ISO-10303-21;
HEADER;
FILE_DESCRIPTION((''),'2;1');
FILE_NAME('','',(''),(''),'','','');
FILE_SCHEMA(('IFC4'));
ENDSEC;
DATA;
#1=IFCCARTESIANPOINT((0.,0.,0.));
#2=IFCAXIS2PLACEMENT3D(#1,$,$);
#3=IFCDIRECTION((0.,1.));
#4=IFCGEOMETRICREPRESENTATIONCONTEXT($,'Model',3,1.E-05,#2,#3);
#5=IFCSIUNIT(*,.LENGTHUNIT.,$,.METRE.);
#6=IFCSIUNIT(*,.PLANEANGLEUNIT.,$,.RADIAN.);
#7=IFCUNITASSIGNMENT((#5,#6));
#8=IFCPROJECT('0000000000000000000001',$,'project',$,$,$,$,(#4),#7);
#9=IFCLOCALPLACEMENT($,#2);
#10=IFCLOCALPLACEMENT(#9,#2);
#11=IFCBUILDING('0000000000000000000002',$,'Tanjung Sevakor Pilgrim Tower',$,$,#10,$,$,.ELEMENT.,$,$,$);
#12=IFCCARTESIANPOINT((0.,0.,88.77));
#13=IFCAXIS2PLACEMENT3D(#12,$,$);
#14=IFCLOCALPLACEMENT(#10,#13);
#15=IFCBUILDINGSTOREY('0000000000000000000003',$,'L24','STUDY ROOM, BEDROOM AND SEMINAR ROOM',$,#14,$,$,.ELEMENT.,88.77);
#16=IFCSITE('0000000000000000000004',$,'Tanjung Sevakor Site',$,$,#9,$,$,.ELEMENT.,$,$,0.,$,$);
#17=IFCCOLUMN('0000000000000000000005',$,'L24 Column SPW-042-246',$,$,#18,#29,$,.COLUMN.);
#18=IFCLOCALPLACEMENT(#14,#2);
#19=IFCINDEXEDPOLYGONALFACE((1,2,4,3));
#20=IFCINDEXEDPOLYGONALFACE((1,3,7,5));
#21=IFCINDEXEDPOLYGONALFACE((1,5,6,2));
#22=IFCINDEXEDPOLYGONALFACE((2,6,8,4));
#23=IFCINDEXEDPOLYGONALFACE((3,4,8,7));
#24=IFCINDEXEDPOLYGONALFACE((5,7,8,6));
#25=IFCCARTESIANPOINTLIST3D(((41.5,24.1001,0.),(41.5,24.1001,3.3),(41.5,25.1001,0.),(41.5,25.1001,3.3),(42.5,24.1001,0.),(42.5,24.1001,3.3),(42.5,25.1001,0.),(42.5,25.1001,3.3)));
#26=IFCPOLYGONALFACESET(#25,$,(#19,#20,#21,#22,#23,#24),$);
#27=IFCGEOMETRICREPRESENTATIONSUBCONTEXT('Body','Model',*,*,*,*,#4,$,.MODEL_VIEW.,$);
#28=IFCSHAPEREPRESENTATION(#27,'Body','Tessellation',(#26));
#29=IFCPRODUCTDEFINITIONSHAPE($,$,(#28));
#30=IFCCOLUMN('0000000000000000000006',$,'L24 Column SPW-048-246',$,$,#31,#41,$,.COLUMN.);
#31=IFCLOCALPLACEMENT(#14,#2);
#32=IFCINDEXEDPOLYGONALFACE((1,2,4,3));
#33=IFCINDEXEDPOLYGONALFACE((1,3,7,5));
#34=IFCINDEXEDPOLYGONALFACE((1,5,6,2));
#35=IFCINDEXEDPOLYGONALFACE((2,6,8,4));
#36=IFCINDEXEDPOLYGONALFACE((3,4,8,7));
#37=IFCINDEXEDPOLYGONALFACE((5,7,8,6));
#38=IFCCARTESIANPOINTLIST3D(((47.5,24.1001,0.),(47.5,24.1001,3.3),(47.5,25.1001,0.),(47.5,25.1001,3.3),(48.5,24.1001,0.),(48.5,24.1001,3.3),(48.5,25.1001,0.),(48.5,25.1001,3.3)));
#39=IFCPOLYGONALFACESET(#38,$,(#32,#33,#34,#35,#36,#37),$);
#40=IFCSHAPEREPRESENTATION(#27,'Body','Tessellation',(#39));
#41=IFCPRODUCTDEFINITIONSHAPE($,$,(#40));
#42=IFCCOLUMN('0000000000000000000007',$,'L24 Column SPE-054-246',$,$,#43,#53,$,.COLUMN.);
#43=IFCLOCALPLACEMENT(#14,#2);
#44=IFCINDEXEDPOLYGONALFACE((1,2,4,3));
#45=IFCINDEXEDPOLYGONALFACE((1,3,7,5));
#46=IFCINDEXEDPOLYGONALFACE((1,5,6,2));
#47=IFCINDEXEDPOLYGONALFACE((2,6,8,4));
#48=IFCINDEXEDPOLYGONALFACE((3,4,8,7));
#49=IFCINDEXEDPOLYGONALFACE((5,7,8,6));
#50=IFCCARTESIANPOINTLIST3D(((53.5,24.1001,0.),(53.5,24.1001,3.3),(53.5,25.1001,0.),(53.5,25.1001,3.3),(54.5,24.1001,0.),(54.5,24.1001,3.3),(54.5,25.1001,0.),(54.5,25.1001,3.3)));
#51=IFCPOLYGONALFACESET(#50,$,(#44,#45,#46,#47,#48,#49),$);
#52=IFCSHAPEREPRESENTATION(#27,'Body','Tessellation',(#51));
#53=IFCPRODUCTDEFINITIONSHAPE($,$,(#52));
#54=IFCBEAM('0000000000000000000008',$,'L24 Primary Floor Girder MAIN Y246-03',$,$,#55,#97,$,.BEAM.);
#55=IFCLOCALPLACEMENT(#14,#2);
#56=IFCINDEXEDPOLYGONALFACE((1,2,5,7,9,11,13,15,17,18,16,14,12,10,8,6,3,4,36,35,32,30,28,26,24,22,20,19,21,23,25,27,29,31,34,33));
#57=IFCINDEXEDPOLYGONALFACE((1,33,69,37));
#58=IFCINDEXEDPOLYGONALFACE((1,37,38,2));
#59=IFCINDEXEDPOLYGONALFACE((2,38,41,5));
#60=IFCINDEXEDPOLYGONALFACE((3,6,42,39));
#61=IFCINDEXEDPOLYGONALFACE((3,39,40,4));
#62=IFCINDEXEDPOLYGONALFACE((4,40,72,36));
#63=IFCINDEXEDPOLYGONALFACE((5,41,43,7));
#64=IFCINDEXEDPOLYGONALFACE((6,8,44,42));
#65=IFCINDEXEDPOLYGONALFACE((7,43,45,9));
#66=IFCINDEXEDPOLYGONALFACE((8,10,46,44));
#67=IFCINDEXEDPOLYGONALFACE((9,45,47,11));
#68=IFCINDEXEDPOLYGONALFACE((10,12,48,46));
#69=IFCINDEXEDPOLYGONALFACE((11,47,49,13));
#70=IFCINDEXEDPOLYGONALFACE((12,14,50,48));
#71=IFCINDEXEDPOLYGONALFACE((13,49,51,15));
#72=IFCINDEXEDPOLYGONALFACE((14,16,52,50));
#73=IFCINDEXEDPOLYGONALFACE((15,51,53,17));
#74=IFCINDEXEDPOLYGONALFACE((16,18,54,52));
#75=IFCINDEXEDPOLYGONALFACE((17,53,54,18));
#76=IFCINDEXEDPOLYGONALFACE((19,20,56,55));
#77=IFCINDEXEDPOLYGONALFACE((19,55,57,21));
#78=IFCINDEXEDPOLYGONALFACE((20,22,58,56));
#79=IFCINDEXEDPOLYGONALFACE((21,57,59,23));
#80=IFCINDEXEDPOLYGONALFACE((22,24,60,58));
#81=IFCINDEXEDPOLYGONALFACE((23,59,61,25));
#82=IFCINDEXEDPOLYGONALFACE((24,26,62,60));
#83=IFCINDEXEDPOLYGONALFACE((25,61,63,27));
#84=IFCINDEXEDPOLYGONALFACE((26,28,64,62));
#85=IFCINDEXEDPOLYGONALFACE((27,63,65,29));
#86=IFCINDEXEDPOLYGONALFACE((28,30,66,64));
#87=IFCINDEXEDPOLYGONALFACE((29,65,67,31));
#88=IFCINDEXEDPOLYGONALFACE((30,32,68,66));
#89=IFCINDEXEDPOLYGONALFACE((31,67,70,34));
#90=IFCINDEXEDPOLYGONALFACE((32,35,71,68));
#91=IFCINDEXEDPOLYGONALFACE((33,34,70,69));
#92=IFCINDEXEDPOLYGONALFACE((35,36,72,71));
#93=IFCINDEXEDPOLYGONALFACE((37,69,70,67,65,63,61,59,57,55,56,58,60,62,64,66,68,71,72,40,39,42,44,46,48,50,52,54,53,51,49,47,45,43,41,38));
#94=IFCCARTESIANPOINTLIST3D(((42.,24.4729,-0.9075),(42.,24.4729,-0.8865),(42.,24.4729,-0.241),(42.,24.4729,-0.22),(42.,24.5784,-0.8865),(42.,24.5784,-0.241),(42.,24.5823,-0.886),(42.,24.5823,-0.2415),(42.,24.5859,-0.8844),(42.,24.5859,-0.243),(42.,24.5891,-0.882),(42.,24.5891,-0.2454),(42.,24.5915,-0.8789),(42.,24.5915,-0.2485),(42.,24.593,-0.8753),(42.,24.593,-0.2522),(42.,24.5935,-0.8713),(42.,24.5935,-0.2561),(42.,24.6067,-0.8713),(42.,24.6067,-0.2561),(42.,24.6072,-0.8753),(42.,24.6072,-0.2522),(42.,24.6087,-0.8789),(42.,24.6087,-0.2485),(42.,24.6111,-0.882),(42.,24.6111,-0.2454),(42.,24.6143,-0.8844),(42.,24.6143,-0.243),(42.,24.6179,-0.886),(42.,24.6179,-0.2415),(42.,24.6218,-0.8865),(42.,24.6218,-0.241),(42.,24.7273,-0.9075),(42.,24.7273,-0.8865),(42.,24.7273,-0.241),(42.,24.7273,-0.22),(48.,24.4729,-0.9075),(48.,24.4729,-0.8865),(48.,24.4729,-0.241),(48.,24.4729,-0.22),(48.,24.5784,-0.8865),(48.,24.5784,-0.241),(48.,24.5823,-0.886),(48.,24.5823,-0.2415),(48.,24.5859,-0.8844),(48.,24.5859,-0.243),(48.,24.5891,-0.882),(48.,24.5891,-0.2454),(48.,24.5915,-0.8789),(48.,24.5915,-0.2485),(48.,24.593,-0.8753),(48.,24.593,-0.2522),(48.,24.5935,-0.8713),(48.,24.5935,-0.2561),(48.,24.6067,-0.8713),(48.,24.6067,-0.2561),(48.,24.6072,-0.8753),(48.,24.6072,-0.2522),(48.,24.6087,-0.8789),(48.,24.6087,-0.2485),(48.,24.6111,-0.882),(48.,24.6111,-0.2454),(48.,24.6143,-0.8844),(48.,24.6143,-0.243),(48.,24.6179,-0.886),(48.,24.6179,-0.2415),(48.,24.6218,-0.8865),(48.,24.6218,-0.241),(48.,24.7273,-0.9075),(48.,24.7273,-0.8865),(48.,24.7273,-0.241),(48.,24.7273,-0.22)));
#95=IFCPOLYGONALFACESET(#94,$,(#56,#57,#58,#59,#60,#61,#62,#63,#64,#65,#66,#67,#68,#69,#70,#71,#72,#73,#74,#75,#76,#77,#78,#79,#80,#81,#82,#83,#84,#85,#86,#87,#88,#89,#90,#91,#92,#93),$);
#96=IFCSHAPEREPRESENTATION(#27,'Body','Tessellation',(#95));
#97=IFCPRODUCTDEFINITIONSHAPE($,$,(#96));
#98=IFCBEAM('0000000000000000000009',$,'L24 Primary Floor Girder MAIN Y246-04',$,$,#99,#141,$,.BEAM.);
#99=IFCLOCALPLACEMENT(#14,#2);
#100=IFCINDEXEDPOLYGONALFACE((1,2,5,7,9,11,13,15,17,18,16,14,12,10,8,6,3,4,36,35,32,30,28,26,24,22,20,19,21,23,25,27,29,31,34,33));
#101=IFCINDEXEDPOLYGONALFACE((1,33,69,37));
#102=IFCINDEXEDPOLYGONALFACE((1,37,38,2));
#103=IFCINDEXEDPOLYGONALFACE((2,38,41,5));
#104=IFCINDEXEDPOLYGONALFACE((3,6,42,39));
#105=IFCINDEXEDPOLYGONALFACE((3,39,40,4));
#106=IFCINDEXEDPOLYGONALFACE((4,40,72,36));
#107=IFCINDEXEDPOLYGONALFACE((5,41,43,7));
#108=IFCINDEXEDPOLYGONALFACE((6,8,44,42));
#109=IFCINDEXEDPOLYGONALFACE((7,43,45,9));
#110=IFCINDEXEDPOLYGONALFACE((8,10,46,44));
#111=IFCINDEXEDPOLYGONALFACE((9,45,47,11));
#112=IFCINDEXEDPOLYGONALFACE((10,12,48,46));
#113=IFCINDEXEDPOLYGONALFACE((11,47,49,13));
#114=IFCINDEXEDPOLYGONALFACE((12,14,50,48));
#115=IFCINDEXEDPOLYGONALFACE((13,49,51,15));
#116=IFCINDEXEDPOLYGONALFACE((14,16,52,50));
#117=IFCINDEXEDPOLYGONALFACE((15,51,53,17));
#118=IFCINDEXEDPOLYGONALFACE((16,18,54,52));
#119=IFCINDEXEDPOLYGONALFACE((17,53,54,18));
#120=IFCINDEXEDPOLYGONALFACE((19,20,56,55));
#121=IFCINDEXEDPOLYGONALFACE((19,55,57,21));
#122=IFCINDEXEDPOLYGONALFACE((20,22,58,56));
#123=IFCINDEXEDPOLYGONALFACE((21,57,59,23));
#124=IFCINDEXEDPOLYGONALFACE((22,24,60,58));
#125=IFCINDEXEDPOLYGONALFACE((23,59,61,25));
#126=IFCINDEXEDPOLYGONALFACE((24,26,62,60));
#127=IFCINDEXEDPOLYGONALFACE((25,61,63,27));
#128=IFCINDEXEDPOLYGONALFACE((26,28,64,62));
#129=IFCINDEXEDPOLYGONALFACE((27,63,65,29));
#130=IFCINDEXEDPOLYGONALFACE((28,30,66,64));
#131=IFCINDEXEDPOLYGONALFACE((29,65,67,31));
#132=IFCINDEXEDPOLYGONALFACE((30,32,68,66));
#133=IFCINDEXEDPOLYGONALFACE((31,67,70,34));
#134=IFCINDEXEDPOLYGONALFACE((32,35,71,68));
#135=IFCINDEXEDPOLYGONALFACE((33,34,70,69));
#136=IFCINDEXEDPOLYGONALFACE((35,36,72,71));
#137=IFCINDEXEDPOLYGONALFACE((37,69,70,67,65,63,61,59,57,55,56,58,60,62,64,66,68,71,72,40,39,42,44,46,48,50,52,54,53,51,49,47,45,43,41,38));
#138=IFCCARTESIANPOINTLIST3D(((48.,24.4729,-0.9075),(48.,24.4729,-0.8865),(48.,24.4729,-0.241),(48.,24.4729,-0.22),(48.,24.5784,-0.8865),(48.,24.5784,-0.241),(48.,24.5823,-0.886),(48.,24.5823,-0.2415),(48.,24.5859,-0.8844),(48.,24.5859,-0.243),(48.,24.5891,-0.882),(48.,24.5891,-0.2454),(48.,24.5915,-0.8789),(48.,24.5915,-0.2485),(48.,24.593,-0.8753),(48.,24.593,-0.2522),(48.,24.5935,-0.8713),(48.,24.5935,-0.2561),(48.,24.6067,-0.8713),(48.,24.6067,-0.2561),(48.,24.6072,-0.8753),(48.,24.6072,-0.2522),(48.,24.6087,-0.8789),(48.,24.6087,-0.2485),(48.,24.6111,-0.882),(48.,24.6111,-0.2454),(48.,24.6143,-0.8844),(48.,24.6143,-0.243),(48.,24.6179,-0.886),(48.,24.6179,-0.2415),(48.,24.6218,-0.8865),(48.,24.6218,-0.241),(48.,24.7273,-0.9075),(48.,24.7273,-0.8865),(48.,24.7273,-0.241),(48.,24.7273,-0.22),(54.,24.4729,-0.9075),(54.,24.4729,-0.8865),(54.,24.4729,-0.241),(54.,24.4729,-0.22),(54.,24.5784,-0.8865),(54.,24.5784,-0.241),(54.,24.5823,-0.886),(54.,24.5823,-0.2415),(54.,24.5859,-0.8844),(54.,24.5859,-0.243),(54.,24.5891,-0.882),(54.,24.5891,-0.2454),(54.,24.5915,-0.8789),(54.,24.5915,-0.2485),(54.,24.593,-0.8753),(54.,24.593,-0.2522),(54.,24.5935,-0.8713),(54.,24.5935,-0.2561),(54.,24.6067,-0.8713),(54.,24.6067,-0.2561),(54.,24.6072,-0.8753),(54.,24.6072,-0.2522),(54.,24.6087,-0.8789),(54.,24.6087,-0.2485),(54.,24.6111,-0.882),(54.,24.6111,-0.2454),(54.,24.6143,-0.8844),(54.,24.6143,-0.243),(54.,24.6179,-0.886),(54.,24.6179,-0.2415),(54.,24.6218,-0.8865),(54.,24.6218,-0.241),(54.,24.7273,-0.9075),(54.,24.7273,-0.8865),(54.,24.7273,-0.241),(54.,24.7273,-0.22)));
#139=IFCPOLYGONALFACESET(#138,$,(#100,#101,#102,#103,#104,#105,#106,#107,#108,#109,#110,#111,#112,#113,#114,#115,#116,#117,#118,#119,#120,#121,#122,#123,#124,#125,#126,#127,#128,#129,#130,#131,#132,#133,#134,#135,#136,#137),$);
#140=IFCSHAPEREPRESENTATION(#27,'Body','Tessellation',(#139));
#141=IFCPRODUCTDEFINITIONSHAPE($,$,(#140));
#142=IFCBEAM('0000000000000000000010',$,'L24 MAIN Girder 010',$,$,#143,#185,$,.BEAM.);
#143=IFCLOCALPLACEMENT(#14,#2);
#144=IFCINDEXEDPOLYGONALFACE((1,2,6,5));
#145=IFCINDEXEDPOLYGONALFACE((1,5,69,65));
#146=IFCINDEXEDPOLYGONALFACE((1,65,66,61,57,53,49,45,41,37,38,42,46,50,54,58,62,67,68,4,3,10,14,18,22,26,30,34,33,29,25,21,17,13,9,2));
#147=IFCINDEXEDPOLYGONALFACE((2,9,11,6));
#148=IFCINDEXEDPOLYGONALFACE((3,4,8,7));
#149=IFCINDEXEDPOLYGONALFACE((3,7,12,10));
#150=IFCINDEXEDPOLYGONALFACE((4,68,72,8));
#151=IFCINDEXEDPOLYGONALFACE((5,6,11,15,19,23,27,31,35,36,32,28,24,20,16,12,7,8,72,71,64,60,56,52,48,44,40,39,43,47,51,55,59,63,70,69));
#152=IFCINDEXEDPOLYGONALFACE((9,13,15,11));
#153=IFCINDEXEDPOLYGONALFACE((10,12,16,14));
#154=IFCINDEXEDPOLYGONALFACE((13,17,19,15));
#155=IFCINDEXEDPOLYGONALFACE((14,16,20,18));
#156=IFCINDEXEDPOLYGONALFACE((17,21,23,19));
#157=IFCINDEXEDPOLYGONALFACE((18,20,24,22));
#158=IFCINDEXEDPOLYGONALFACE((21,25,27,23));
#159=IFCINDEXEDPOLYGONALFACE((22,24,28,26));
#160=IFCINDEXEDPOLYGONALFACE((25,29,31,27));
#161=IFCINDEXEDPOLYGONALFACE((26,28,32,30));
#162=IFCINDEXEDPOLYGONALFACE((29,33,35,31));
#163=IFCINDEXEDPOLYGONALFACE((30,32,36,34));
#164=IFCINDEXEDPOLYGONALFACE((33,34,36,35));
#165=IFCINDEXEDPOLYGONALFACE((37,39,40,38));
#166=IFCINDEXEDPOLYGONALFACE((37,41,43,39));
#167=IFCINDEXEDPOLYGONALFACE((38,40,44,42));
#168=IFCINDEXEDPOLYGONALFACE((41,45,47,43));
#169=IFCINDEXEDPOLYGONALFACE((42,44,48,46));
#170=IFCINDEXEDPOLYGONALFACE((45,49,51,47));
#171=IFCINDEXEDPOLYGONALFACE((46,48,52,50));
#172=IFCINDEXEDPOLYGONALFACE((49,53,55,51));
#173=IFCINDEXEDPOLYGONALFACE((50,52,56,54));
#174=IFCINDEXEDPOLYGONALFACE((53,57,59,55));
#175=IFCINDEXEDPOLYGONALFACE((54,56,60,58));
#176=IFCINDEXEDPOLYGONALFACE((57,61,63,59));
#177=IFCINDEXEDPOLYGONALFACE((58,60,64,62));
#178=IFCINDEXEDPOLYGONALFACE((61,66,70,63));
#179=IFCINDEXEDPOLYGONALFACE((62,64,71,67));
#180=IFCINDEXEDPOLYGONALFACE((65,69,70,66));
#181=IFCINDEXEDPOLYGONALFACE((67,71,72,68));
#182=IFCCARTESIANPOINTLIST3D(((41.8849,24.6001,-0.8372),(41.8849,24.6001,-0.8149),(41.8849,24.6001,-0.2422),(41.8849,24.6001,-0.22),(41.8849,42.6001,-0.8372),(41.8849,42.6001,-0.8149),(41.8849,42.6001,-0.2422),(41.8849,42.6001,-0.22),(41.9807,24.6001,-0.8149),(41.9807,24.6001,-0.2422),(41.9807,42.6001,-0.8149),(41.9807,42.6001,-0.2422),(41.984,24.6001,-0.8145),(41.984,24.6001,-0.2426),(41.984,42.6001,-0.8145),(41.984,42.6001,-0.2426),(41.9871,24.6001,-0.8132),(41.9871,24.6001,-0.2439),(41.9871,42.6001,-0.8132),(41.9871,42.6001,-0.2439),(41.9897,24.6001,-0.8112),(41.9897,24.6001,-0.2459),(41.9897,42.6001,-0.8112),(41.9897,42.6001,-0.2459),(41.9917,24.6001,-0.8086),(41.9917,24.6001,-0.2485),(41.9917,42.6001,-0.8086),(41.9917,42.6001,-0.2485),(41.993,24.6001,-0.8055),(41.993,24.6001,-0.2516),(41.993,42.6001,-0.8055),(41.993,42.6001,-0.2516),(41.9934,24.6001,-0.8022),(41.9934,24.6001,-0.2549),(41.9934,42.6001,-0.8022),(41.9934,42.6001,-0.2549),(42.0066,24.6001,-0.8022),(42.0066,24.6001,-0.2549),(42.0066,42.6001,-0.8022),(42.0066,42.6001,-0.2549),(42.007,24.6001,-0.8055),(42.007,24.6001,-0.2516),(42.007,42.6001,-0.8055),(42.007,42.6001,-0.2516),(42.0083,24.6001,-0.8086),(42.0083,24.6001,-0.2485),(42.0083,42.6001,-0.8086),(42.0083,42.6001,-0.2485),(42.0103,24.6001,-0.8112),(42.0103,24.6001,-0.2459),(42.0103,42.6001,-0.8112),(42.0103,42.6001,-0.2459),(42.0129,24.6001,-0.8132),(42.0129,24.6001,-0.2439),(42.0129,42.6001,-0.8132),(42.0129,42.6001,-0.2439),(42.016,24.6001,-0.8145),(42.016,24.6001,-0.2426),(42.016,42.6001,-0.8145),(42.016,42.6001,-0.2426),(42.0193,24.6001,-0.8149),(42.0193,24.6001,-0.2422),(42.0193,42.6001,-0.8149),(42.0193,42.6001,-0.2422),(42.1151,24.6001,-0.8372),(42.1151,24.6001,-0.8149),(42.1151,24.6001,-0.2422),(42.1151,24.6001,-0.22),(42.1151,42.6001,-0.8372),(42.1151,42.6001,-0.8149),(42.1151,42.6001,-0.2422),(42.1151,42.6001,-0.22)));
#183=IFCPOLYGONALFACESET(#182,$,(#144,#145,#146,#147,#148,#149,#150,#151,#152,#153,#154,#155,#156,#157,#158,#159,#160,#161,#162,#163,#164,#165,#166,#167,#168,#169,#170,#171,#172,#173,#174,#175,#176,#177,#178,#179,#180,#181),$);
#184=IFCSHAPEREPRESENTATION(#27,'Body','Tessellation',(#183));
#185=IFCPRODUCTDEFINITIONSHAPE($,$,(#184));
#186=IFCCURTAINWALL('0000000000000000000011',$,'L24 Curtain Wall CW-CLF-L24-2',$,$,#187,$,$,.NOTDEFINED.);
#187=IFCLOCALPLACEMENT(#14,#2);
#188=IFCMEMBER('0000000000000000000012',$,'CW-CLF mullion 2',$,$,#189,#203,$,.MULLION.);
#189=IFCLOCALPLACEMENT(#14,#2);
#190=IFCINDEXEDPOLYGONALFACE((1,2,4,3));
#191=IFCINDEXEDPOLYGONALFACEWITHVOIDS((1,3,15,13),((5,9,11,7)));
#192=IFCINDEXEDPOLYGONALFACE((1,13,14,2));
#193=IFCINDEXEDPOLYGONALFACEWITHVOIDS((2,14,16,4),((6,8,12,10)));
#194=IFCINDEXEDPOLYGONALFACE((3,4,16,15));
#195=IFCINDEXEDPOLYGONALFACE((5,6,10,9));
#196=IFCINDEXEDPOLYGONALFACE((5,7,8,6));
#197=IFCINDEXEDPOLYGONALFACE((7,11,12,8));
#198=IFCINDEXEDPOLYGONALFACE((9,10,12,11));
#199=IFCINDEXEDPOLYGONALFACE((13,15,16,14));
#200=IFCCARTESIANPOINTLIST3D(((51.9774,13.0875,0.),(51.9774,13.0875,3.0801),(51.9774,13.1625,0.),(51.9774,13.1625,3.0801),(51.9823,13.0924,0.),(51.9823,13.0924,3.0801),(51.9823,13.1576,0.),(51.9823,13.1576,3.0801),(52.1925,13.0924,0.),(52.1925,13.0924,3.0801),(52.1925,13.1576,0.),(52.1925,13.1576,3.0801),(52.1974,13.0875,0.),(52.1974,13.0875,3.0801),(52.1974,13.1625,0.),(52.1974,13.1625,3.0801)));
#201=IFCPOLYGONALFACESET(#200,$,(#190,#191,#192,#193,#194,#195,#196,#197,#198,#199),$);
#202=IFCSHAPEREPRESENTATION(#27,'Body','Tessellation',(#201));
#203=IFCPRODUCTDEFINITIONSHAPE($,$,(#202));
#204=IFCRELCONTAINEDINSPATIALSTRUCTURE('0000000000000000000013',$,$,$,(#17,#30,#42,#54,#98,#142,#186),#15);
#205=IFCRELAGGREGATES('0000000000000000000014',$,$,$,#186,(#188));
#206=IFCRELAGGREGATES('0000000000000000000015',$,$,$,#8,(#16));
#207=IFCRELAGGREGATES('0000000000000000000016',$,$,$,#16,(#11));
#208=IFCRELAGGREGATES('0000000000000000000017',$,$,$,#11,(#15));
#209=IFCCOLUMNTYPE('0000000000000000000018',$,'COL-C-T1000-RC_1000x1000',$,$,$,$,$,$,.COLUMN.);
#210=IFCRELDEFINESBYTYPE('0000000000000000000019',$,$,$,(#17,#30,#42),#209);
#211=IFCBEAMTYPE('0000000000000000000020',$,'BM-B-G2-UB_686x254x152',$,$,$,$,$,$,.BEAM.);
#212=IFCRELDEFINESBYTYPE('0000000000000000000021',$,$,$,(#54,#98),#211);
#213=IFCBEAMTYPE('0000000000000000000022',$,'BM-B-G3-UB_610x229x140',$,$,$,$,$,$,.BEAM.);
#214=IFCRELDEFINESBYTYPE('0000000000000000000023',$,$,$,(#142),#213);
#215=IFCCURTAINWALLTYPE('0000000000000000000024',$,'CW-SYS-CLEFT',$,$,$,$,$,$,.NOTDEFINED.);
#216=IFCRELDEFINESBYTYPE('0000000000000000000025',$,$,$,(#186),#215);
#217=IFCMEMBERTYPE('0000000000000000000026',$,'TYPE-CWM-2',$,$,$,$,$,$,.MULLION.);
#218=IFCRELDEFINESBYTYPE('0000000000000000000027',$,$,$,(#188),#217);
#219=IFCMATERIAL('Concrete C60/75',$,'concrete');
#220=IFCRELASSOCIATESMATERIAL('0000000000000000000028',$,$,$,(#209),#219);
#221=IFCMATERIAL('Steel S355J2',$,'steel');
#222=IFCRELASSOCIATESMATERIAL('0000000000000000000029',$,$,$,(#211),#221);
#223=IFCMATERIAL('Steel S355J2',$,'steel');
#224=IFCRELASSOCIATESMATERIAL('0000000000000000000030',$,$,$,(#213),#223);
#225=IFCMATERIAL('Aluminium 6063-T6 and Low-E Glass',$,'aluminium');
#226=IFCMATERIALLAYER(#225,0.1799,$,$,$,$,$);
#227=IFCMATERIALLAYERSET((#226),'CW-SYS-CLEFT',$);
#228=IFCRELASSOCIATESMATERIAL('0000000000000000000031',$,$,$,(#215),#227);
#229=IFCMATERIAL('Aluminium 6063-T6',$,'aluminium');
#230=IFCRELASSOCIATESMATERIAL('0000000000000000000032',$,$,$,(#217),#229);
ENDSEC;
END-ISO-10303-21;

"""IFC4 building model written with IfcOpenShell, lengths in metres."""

from ifc_helpers import new_model, si_unit, direction, frame, origin, origin_2d, place, context, subcontext, project, spatial, rectangle, hollow_rectangle, i_section, extrude, material, layer, layer_set, material_profile, profile_set, type_object, element, aggregate, save


model = new_model("IFC4")

# Units and contexts
model_context = context("Model", 3, precision=1e-05, world=origin(), true_north=direction((0.0, 1.0)))
body_context = subcontext(model_context, "Body", "Model", "MODEL_VIEW")
ifc_project = project(units=[si_unit("LENGTHUNIT", "METRE"), si_unit("PLANEANGLEUNIT", "RADIAN")], contexts=[model_context])

# Site, building, storey
site_placement = place(None, origin())
site = spatial("IfcSite", under=ifc_project, at=site_placement, Name="Tanjung Sevakor Site", CompositionType="ELEMENT", RefElevation=0.0)
building_placement = place(site_placement, origin())
building = spatial("IfcBuilding", under=site, at=building_placement, Name="Tanjung Sevakor Pilgrim Tower", CompositionType="ELEMENT")
storey_placement = place(building_placement, frame((0.0, 0.0, 88.77)))
storey = spatial("IfcBuildingStorey", under=building, at=storey_placement, Name="L24", Description="STUDY ROOM, BEDROOM AND SEMINAR ROOM", CompositionType="ELEMENT", Elevation=88.77)

# Columns
ifc_material_1 = material(Name="Concrete C60/75", Category="concrete")
ifc_material_profile_1 = material_profile(ifc_material_1, rectangle(XDim=1.0, YDim=1.0, at=origin_2d()))
ifc_profile_set_1 = profile_set([ifc_material_profile_1], Name="Concrete C60/75")
column_type = type_object("IfcColumnType", Name="COL-C-T1000-RC_1000x1000", PredefinedType="COLUMN", material=ifc_profile_set_1)
for number, where, z_axis, x_axis, name in (
    (1, (42.0, 24.6001, 0.0), (0.0, 0.0, 1.0), (1.0, 0.0, 0.0), "L24 Column SPW-042-246"),
    (2, (48.0, 24.6001, 0.0), (0.0, 0.0, 1.0), (1.0, 0.0, 0.0), "L24 Column SPW-048-246"),
    (3, (54.0, 24.6001, 0.0), (0.0, 0.0, 1.0), (1.0, 0.0, 0.0), "L24 Column SPE-054-246"),
):
    element("IfcColumn", number, at=place(storey_placement, frame(where, z_axis=z_axis, x_axis=x_axis)), inside=storey, type_object=column_type, Name=name, PredefinedType="COLUMN", context=body_context, shape_type="SweptSolid", body=[
        extrude(rectangle(XDim=1.0, YDim=1.0, at=origin_2d()), origin(), (0.0, 0.0, 1.0), 3.3),
    ])

# Beams
ifc_material_2 = material(Name="Steel S355J2", Category="steel")
ifc_material_profile_2 = material_profile(ifc_material_2, i_section(OverallWidth=0.2544, OverallDepth=0.6875, WebThickness=0.0132, FlangeThickness=0.021, FilletRadius=0.0151, at=origin_2d()))
ifc_profile_set_2 = profile_set([ifc_material_profile_2], Name="Steel S355J2")
beam_type_1 = type_object("IfcBeamType", Name="BM-B-G2-UB_686x254x152", PredefinedType="BEAM", material=ifc_profile_set_2)
for number, where, z_axis, x_axis, name in (
    (4, (42.0, 24.6001, -0.5637), (1.0, 0.0, 0.0), (0.0, 1.0, 0.0), "L24 Primary Floor Girder MAIN Y246-03"),
    (5, (48.0, 24.6001, -0.5637), (1.0, 0.0, 0.0), (0.0, 1.0, 0.0), "L24 Primary Floor Girder MAIN Y246-04"),
):
    element("IfcBeam", number, at=place(storey_placement, frame(where, z_axis=z_axis, x_axis=x_axis)), inside=storey, type_object=beam_type_1, Name=name, PredefinedType="BEAM", context=body_context, shape_type="SweptSolid", body=[
        extrude(i_section(OverallWidth=0.2544, OverallDepth=0.6875, WebThickness=0.0132, FlangeThickness=0.021, FilletRadius=0.0151, at=origin_2d()), origin(), (0.0, 0.0, 1.0), 6.0),
    ])
ifc_material_3 = material(Name="Steel S355J2", Category="steel")
ifc_material_profile_3 = material_profile(ifc_material_3, i_section(OverallWidth=0.2302, OverallDepth=0.6172, WebThickness=0.0132, FlangeThickness=0.0222, FilletRadius=0.0127, at=origin_2d()))
ifc_profile_set_3 = profile_set([ifc_material_profile_3], Name="Steel S355J2")
beam_type_2 = type_object("IfcBeamType", Name="BM-B-G3-UB_610x229x140", PredefinedType="BEAM", material=ifc_profile_set_3)
beam_placement = place(storey_placement, frame((42.0, 24.6001, -0.5286), z_axis=(0.0, 1.0, 0.0), x_axis=(-1.0, 0.0, 0.0)))
element("IfcBeam", 6, at=beam_placement, inside=storey, type_object=beam_type_2, Name="L24 MAIN Girder 010", PredefinedType="BEAM", context=body_context, shape_type="SweptSolid", body=[
    extrude(i_section(OverallWidth=0.2302, OverallDepth=0.6172, WebThickness=0.0132, FlangeThickness=0.0222, FilletRadius=0.0127, at=origin_2d()), origin(), (0.0, 0.0, 1.0), 18.0),
])

# Curtain wall, member
ifc_material_4 = material(Name="Aluminium 6063-T6 and Low-E Glass", Category="aluminium")
ifc_layer_1 = layer(ifc_material_4, 0.1799)
ifc_layer_set_1 = layer_set([ifc_layer_1], Name="CW-SYS-CLEFT")
curtain_wall_type = type_object("IfcCurtainWallType", Name="CW-SYS-CLEFT", PredefinedType="NOTDEFINED", material=ifc_layer_set_1)
curtain_wall_placement = place(storey_placement, origin())
curtain_wall = element("IfcCurtainWall", 7, at=curtain_wall_placement, inside=storey, type_object=curtain_wall_type, Name="L24 Curtain Wall CW-CLF-L24-2", PredefinedType="NOTDEFINED")
ifc_material_5 = material(Name="Aluminium 6063-T6", Category="aluminium")
ifc_material_profile_4 = material_profile(ifc_material_5, hollow_rectangle(XDim=0.075, YDim=0.22, WallThickness=0.0049, at=origin_2d()))
ifc_profile_set_4 = profile_set([ifc_material_profile_4], Name="Aluminium 6063-T6")
member_type = type_object("IfcMemberType", Name="TYPE-CWM-2", PredefinedType="MULLION", material=ifc_profile_set_4)
member_placement = place(storey_placement, frame((52.0874, 13.125, 0.0), z_axis=(0.0, 0.0, 1.0), x_axis=(0.0, 1.0, 0.0)))
member = element("IfcMember", 8, at=member_placement, type_object=member_type, Name="CW-CLF mullion 2", PredefinedType="MULLION", context=body_context, shape_type="SweptSolid", body=[
    extrude(hollow_rectangle(XDim=0.075, YDim=0.22, WallThickness=0.0049, at=origin_2d()), origin(), (0.0, 0.0, 1.0), 3.0801),
])
aggregate(curtain_wall, [member])

save(model, "model.ifc")
